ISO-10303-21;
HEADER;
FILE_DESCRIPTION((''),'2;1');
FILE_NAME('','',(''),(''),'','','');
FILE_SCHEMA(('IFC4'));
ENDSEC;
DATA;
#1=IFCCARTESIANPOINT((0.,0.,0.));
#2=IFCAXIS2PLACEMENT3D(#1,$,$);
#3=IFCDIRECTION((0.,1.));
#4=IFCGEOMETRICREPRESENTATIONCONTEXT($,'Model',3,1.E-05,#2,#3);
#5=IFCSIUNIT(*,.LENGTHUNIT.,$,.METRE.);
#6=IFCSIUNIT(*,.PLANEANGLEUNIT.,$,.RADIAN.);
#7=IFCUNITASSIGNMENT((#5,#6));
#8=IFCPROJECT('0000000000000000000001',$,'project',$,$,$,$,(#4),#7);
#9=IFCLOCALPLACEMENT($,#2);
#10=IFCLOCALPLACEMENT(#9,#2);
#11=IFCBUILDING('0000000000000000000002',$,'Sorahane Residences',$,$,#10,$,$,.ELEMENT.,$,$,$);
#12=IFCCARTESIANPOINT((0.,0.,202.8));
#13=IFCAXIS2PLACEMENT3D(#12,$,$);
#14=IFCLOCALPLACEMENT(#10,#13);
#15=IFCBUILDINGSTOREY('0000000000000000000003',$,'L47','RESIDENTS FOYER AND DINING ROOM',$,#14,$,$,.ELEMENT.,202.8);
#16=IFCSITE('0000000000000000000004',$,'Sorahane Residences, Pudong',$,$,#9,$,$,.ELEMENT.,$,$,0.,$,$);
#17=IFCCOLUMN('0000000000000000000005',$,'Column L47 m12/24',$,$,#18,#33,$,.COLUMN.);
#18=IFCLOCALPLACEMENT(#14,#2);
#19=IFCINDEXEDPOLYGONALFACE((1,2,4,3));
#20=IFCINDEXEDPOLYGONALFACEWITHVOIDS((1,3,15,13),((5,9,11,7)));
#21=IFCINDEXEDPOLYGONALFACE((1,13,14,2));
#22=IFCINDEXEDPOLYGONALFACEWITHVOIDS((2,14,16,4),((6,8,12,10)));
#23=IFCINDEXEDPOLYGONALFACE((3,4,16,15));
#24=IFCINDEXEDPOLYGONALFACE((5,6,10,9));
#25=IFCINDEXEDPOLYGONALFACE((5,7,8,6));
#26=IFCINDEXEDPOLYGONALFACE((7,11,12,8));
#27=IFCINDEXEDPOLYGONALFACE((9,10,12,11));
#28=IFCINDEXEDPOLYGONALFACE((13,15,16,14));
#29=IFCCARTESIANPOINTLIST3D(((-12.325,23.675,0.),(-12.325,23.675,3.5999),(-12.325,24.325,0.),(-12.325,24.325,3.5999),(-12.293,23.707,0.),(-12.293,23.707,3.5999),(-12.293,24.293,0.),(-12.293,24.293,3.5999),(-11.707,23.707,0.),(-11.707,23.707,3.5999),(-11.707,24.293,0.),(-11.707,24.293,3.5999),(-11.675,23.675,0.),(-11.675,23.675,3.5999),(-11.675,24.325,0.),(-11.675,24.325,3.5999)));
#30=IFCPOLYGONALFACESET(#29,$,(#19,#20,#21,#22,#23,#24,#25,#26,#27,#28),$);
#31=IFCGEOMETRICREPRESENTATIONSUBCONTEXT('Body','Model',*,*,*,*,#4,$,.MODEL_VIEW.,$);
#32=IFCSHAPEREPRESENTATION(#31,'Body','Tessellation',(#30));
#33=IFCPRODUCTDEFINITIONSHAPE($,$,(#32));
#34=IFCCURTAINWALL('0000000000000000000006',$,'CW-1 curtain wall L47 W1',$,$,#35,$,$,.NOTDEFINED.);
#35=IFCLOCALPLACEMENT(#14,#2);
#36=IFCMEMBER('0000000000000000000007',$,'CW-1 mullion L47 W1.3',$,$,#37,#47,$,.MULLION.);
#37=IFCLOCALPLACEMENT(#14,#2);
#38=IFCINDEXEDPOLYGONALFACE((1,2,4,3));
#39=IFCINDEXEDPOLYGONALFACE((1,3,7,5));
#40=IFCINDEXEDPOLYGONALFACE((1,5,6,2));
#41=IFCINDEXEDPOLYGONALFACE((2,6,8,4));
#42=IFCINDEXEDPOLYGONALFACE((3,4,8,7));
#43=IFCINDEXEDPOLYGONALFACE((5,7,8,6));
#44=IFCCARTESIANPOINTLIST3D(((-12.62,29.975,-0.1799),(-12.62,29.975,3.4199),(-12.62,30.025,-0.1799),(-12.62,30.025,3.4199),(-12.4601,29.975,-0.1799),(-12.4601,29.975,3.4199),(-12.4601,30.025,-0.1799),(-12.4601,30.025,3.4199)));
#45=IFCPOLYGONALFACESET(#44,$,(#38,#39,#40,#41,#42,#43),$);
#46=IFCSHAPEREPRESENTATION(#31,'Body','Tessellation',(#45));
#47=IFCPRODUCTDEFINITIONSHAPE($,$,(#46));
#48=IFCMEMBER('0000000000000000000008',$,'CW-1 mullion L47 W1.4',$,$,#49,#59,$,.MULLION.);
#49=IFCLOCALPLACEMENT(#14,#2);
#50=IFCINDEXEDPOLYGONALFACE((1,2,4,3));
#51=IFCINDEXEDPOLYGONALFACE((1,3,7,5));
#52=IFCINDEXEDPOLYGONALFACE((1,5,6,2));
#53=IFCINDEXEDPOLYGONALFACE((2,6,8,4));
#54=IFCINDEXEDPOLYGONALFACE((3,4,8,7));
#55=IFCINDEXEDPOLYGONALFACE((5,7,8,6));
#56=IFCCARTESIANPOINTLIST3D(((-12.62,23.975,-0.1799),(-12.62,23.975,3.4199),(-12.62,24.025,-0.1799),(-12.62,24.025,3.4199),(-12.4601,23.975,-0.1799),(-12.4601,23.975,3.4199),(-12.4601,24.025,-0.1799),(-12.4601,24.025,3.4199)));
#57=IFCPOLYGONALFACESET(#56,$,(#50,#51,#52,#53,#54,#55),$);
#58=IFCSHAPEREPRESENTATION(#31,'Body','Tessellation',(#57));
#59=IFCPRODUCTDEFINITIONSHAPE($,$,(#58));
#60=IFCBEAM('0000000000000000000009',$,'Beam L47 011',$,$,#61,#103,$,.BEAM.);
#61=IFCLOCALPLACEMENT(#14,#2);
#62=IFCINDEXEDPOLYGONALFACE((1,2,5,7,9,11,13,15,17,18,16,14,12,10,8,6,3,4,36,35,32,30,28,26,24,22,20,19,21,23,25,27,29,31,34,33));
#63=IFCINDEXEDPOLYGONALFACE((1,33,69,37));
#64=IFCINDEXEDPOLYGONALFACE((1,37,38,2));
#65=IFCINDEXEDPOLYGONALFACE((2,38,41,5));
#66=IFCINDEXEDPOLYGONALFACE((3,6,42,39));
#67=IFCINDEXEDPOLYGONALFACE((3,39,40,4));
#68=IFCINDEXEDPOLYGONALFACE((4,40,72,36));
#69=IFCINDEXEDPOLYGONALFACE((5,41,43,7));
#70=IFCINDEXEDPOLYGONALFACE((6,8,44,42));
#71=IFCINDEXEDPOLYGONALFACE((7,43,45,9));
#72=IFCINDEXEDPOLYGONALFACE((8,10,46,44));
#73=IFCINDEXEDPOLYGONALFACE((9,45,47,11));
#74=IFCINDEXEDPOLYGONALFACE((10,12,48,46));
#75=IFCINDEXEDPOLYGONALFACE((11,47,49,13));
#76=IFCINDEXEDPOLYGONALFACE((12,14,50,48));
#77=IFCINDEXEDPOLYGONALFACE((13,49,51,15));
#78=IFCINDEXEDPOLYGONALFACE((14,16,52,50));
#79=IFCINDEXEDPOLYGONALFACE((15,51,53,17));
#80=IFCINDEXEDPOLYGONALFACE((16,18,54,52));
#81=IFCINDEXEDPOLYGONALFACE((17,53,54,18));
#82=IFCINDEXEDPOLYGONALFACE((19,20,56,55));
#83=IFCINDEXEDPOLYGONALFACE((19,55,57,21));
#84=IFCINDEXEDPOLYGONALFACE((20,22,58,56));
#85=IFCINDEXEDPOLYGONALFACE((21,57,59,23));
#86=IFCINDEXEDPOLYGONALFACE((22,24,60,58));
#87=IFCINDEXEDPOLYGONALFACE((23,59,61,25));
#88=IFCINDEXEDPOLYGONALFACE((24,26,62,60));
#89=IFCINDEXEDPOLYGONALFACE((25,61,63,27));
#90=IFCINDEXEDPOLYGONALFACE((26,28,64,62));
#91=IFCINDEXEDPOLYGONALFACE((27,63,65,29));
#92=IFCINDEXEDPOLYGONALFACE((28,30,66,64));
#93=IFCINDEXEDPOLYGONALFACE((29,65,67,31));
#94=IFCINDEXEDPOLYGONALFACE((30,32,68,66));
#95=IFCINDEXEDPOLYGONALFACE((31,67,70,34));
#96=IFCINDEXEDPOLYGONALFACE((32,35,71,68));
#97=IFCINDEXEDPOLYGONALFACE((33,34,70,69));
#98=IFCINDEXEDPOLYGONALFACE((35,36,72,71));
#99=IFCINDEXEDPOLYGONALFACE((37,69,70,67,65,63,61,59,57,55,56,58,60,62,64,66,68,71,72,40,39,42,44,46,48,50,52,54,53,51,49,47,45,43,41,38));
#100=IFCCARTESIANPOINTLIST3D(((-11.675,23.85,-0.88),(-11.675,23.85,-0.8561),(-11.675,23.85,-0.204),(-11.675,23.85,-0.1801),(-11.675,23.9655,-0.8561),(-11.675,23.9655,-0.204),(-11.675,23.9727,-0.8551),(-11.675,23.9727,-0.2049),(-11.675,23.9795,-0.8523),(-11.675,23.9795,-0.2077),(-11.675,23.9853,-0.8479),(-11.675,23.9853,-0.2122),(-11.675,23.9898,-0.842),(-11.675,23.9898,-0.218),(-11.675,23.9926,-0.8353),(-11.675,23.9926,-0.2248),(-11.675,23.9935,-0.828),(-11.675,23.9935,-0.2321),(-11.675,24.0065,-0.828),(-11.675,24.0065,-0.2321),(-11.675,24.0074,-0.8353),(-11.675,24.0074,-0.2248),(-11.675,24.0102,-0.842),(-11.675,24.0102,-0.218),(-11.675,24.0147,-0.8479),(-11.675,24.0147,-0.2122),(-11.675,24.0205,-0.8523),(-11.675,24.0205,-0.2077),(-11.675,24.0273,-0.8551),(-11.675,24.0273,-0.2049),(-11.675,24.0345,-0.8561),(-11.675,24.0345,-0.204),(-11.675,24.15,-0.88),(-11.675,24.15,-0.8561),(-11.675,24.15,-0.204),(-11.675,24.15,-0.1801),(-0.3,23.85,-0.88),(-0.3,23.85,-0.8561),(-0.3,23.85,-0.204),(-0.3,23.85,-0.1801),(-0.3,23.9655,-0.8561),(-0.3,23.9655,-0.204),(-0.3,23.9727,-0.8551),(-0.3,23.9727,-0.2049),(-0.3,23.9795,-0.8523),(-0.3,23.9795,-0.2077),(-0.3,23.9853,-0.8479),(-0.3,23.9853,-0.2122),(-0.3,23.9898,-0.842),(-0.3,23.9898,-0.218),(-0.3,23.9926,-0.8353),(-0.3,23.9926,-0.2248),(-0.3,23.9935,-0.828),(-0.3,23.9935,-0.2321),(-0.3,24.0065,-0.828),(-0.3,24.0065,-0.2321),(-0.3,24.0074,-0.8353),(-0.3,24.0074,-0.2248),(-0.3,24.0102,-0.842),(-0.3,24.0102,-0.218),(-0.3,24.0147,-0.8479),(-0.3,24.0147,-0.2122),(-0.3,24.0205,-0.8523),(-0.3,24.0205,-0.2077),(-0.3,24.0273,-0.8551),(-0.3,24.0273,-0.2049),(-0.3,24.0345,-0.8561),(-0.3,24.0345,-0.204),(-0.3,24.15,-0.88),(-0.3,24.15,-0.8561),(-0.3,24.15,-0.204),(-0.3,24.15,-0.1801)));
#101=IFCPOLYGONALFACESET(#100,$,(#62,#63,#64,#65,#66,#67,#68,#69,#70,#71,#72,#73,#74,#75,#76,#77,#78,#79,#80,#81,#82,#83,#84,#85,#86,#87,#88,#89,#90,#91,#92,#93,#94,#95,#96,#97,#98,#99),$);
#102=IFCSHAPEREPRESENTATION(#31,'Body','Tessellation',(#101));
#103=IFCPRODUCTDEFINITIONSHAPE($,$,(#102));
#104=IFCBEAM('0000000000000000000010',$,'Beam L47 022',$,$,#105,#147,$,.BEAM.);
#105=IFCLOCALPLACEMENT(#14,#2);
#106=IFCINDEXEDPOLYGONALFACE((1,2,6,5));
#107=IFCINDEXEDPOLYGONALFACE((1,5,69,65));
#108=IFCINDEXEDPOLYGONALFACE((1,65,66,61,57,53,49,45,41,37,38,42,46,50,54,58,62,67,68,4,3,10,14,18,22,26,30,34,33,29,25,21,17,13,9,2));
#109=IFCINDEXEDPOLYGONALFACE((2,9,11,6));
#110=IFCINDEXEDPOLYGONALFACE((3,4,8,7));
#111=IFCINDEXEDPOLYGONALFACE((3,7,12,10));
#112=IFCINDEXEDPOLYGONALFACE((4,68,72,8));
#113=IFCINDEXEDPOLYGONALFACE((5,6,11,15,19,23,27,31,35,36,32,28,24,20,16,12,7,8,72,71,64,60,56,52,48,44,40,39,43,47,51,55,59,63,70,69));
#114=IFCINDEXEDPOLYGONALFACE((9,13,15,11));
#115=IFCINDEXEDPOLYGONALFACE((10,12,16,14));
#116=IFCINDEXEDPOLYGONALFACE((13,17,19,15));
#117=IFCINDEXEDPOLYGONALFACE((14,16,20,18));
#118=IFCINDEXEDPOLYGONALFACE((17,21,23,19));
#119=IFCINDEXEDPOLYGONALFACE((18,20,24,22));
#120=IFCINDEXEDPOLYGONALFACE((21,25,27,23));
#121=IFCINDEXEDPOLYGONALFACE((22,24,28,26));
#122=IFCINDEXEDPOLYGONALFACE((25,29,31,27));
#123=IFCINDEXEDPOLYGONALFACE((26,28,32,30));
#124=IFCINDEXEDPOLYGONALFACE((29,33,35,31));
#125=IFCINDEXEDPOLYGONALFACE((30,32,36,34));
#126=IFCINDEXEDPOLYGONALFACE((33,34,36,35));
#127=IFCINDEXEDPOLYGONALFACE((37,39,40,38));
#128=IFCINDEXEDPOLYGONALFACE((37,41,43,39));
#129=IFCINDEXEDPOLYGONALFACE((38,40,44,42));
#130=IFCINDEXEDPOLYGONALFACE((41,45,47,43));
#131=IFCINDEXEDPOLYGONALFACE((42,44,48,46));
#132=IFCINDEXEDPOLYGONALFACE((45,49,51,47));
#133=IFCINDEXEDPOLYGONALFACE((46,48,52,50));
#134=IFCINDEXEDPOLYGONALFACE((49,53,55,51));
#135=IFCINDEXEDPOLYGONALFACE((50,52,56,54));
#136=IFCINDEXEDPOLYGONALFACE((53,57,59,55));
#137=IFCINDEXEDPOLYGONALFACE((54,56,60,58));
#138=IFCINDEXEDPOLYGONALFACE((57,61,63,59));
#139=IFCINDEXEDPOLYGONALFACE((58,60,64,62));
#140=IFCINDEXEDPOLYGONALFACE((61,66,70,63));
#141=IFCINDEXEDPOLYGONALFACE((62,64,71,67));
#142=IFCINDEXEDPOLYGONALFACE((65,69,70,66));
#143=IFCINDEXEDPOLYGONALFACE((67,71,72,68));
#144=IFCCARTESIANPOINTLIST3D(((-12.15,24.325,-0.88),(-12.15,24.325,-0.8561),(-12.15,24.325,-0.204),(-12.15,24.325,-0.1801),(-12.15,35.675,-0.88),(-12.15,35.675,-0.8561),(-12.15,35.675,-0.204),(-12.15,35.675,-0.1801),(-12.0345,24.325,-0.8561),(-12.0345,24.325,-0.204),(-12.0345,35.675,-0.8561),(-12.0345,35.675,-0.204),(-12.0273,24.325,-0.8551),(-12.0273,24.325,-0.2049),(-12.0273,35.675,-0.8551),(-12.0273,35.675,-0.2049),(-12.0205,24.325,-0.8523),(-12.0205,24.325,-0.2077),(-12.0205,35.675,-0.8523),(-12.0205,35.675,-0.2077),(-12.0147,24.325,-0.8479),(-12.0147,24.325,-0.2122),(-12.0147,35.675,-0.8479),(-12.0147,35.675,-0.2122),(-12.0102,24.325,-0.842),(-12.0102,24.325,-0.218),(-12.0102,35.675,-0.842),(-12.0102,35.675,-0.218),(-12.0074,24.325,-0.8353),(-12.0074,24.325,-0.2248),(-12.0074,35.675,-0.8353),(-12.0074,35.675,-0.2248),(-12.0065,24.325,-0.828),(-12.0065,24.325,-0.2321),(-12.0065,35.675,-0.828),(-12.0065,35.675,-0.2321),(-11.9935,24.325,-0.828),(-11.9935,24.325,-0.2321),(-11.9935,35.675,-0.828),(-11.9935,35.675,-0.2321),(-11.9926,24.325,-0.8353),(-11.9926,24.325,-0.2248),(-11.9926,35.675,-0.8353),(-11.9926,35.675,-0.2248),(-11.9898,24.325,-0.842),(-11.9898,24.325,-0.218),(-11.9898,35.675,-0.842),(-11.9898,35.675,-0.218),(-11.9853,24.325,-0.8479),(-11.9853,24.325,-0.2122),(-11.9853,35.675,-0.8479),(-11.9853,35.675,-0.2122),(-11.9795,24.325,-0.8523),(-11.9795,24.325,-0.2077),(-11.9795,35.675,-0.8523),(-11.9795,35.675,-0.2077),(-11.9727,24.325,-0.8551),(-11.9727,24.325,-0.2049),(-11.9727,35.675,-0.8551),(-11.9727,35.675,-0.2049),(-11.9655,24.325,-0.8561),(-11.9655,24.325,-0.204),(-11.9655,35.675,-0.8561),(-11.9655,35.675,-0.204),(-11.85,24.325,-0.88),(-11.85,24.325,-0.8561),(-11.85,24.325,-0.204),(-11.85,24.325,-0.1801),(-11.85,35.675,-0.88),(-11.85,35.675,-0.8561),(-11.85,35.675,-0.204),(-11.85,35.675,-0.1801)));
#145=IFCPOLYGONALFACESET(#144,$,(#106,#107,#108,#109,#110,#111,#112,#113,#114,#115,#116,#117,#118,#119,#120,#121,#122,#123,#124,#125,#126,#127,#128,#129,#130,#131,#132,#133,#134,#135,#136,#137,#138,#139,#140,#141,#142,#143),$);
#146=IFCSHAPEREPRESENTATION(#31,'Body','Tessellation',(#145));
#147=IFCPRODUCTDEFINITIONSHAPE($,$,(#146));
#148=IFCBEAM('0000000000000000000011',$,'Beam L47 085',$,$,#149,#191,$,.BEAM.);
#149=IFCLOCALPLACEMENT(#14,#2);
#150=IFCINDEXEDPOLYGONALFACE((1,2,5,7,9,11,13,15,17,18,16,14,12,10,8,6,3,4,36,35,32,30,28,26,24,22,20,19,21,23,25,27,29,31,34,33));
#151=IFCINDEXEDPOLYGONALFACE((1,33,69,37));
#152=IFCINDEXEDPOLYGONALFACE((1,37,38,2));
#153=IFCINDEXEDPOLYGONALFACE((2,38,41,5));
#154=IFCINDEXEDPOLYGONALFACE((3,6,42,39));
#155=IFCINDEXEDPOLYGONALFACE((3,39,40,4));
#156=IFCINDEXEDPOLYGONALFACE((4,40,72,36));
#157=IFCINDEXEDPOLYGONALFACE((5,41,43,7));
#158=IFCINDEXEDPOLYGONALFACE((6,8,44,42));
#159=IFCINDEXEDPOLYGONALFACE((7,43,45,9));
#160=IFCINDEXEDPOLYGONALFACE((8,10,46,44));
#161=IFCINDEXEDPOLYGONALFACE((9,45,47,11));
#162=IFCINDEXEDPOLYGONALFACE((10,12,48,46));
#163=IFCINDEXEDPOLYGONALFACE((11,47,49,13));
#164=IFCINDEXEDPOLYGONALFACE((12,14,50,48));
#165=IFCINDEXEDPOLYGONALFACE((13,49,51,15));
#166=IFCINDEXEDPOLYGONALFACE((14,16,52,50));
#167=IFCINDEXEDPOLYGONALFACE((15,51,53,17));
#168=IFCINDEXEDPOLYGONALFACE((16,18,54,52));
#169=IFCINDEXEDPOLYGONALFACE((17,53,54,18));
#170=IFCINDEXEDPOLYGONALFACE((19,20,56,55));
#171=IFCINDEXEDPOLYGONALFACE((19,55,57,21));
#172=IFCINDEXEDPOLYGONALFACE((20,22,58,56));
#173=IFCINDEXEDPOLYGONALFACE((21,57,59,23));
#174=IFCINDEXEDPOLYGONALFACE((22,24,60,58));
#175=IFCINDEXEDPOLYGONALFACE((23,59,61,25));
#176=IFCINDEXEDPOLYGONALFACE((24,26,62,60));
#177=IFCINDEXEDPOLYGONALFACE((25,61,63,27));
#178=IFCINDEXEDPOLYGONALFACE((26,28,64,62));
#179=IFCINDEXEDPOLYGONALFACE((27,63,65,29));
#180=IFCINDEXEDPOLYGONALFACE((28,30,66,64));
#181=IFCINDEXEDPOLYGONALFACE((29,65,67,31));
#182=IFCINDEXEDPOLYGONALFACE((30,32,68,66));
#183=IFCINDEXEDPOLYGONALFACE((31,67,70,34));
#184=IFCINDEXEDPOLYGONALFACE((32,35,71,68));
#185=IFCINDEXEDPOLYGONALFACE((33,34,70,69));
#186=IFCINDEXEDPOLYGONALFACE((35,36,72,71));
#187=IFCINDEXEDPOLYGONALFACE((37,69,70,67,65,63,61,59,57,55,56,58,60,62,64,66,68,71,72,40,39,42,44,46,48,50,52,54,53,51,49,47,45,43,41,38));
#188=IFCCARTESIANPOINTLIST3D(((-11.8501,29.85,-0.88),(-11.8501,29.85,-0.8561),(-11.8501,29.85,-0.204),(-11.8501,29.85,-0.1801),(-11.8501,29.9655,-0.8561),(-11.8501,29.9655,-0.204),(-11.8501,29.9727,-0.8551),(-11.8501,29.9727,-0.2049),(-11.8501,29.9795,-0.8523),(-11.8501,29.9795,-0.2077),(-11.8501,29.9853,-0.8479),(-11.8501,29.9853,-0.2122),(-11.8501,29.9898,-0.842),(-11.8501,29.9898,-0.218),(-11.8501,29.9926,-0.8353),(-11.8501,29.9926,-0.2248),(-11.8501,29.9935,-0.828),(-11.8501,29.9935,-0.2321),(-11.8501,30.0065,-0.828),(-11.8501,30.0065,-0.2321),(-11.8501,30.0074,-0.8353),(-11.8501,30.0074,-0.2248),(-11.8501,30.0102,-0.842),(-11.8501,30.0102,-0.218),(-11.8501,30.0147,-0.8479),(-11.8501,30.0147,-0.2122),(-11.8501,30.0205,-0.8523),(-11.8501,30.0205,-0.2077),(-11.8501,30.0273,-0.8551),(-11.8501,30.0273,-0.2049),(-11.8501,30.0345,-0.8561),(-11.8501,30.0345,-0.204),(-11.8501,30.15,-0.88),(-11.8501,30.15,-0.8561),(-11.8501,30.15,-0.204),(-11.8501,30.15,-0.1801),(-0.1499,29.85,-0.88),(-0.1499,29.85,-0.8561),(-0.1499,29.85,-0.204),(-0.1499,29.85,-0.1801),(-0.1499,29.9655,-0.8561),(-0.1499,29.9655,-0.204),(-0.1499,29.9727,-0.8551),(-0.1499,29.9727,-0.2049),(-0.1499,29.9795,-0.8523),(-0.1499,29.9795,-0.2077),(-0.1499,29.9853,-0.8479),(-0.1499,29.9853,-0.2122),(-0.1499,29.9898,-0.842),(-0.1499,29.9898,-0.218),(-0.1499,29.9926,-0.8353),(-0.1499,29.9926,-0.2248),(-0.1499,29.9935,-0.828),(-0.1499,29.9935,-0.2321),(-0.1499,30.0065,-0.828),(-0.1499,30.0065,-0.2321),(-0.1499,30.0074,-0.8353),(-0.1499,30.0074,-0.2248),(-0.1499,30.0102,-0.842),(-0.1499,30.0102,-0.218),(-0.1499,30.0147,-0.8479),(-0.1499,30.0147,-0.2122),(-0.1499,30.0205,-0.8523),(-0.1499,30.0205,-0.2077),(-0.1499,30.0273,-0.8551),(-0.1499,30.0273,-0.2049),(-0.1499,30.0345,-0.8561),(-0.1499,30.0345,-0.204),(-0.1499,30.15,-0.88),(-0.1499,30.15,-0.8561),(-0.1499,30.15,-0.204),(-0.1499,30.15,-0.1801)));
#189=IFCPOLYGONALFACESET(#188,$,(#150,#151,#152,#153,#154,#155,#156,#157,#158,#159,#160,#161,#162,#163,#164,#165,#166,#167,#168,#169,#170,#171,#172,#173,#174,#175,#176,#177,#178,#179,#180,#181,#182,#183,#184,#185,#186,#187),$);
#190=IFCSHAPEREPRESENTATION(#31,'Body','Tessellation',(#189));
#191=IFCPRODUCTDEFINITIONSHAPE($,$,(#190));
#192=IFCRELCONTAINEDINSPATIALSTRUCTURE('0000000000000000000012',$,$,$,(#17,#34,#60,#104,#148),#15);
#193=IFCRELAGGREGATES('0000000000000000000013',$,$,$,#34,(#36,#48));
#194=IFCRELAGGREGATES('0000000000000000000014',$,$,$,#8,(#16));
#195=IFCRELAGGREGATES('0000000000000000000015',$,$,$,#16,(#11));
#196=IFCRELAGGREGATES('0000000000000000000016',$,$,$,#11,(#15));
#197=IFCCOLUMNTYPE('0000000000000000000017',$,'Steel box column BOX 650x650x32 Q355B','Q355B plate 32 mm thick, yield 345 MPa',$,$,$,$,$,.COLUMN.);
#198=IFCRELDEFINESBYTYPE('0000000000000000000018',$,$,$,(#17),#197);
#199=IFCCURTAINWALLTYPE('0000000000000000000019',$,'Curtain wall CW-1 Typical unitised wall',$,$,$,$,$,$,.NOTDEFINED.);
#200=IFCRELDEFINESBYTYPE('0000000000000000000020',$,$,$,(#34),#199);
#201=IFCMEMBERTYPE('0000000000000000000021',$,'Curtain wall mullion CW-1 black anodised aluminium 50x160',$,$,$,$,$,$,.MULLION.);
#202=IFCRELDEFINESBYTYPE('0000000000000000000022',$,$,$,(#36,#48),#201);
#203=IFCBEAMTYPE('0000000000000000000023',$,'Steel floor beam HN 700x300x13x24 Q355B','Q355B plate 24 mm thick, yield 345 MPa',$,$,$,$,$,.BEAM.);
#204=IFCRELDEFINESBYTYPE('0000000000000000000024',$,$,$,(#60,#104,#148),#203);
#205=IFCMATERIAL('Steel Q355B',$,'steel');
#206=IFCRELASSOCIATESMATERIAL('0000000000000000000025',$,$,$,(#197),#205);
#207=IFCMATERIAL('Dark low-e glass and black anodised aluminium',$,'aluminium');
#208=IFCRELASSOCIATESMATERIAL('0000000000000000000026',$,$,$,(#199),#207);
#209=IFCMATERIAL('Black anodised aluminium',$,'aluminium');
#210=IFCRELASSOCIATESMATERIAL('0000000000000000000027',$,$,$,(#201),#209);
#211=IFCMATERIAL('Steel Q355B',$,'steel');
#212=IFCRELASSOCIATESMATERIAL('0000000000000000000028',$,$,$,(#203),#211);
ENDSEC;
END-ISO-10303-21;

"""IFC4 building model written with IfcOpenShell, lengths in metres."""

from ifc_helpers import new_model, si_unit, direction, frame, origin, origin_2d, place, context, subcontext, project, spatial, rectangle, hollow_rectangle, i_section, extrude, material, material_profile, profile_set, type_object, element, aggregate, save


model = new_model("IFC4")

# Units and contexts
model_context = context("Model", 3, precision=1e-05, world=origin(), true_north=direction((0.0, 1.0)))
body_context = subcontext(model_context, "Body", "Model", "MODEL_VIEW")
ifc_project = project(units=[si_unit("LENGTHUNIT", "METRE"), si_unit("PLANEANGLEUNIT", "RADIAN")], contexts=[model_context])

# Site, building, storey
site_placement = place(None, origin())
site = spatial("IfcSite", under=ifc_project, at=site_placement, Name="Sorahane Residences, Pudong", CompositionType="ELEMENT", RefElevation=0.0)
building_placement = place(site_placement, origin())
building = spatial("IfcBuilding", under=site, at=building_placement, Name="Sorahane Residences", CompositionType="ELEMENT")
storey_placement = place(building_placement, frame((0.0, 0.0, 202.8)))
storey = spatial("IfcBuildingStorey", under=building, at=storey_placement, Name="L47", Description="RESIDENTS FOYER AND DINING ROOM", CompositionType="ELEMENT", Elevation=202.8)

# Column
ifc_material_1 = material(Name="Steel Q355B", Category="steel")
ifc_material_profile_1 = material_profile(ifc_material_1, hollow_rectangle(XDim=0.6499, YDim=0.6499, WallThickness=0.032, at=origin_2d()), Name="BOX 650x650x32")
ifc_profile_set_1 = profile_set([ifc_material_profile_1], Name="Steel Q355B")
column_type = type_object("IfcColumnType", Name="Steel box column BOX 650x650x32 Q355B", Description="Q355B plate 32 mm thick, yield 345 MPa", PredefinedType="COLUMN", material=ifc_profile_set_1)
column_placement = place(storey_placement, frame((-12.0, 24.0, 0.0), z_axis=(0.0, 0.0, 1.0), x_axis=(1.0, 0.0, 0.0)))
element("IfcColumn", 1, at=column_placement, inside=storey, type_object=column_type, Name="Column L47 m12/24", PredefinedType="COLUMN", context=body_context, shape_type="SweptSolid", body=[
    extrude(hollow_rectangle(XDim=0.6499, YDim=0.6499, WallThickness=0.032, at=origin_2d()), origin(), (0.0, 0.0, 1.0), 3.5999),
])

# Curtain wall, members
ifc_material_2 = material(Name="Dark low-e glass and black anodised aluminium", Category="aluminium")
curtain_wall_type = type_object("IfcCurtainWallType", Name="Curtain wall CW-1 Typical unitised wall", PredefinedType="NOTDEFINED", material=ifc_material_2)
curtain_wall_placement = place(storey_placement, origin())
curtain_wall = element("IfcCurtainWall", 2, at=curtain_wall_placement, inside=storey, type_object=curtain_wall_type, Name="CW-1 curtain wall L47 W1", PredefinedType="NOTDEFINED")
ifc_material_3 = material(Name="Black anodised aluminium", Category="aluminium")
ifc_material_profile_2 = material_profile(ifc_material_3, rectangle(XDim=0.1599, YDim=0.05, at=origin_2d()), Name="Curtain wall mullion CW-1 black anodised aluminium 50x160")
ifc_profile_set_2 = profile_set([ifc_material_profile_2], Name="Black anodised aluminium")
member_type = type_object("IfcMemberType", Name="Curtain wall mullion CW-1 black anodised aluminium 50x160", PredefinedType="MULLION", material=ifc_profile_set_2)
member_1_placement = place(storey_placement, frame((-12.54, 30.0, -0.1799), z_axis=(0.0, 0.0, 1.0), x_axis=(-1.0, 0.0, 0.0)))
member_1 = element("IfcMember", 3, at=member_1_placement, type_object=member_type, Name="CW-1 mullion L47 W1.3", PredefinedType="MULLION", context=body_context, shape_type="SweptSolid", body=[
    extrude(rectangle(XDim=0.1599, YDim=0.05, at=origin_2d()), origin(), (0.0, 0.0, 1.0), 3.5999),
])
member_2_placement = place(storey_placement, frame((-12.54, 24.0, -0.1799), z_axis=(0.0, 0.0, 1.0), x_axis=(-1.0, 0.0, 0.0)))
member_2 = element("IfcMember", 4, at=member_2_placement, type_object=member_type, Name="CW-1 mullion L47 W1.4", PredefinedType="MULLION", context=body_context, shape_type="SweptSolid", body=[
    extrude(rectangle(XDim=0.1599, YDim=0.05, at=origin_2d()), origin(), (0.0, 0.0, 1.0), 3.5999),
])

# Beams
ifc_material_4 = material(Name="Steel Q355B", Category="steel")
ifc_material_profile_3 = material_profile(ifc_material_4, i_section(OverallWidth=0.3, OverallDepth=0.7, WebThickness=0.0129, FlangeThickness=0.0239, FilletRadius=0.0281, at=origin_2d()), Name="HN 700x300x13x24")
ifc_profile_set_3 = profile_set([ifc_material_profile_3], Name="Steel Q355B")
beam_type = type_object("IfcBeamType", Name="Steel floor beam HN 700x300x13x24 Q355B", Description="Q355B plate 24 mm thick, yield 345 MPa", PredefinedType="BEAM", material=ifc_profile_set_3)
beam_1_placement = place(storey_placement, frame((-11.675, 24.0, -0.53), z_axis=(1.0, 0.0, 0.0), x_axis=(0.0, 1.0, 0.0)))
element("IfcBeam", 5, at=beam_1_placement, inside=storey, type_object=beam_type, Name="Beam L47 011", PredefinedType="BEAM", context=body_context, shape_type="SweptSolid", body=[
    extrude(i_section(OverallWidth=0.3, OverallDepth=0.7, WebThickness=0.0129, FlangeThickness=0.0239, FilletRadius=0.0281, at=origin_2d()), origin(), (0.0, 0.0, 1.0), 11.375),
])
beam_2_placement = place(storey_placement, frame((-12.0, 24.325, -0.53), z_axis=(0.0, 1.0, 0.0), x_axis=(-1.0, 0.0, 0.0)))
element("IfcBeam", 6, at=beam_2_placement, inside=storey, type_object=beam_type, Name="Beam L47 022", PredefinedType="BEAM", context=body_context, shape_type="SweptSolid", body=[
    extrude(i_section(OverallWidth=0.3, OverallDepth=0.7, WebThickness=0.0129, FlangeThickness=0.0239, FilletRadius=0.0281, at=origin_2d()), origin(), (0.0, 0.0, 1.0), 11.3501),
])
beam_3_placement = place(storey_placement, frame((-11.8501, 30.0, -0.53), z_axis=(1.0, 0.0, 0.0), x_axis=(0.0, 1.0, 0.0)))
element("IfcBeam", 7, at=beam_3_placement, inside=storey, type_object=beam_type, Name="Beam L47 085", PredefinedType="BEAM", context=body_context, shape_type="SweptSolid", body=[
    extrude(i_section(OverallWidth=0.3, OverallDepth=0.7, WebThickness=0.0129, FlangeThickness=0.0239, FilletRadius=0.0281, at=origin_2d()), origin(), (0.0, 0.0, 1.0), 11.7002),
])

aggregate(curtain_wall, [member_1, member_2])

save(model, "model.ifc")
